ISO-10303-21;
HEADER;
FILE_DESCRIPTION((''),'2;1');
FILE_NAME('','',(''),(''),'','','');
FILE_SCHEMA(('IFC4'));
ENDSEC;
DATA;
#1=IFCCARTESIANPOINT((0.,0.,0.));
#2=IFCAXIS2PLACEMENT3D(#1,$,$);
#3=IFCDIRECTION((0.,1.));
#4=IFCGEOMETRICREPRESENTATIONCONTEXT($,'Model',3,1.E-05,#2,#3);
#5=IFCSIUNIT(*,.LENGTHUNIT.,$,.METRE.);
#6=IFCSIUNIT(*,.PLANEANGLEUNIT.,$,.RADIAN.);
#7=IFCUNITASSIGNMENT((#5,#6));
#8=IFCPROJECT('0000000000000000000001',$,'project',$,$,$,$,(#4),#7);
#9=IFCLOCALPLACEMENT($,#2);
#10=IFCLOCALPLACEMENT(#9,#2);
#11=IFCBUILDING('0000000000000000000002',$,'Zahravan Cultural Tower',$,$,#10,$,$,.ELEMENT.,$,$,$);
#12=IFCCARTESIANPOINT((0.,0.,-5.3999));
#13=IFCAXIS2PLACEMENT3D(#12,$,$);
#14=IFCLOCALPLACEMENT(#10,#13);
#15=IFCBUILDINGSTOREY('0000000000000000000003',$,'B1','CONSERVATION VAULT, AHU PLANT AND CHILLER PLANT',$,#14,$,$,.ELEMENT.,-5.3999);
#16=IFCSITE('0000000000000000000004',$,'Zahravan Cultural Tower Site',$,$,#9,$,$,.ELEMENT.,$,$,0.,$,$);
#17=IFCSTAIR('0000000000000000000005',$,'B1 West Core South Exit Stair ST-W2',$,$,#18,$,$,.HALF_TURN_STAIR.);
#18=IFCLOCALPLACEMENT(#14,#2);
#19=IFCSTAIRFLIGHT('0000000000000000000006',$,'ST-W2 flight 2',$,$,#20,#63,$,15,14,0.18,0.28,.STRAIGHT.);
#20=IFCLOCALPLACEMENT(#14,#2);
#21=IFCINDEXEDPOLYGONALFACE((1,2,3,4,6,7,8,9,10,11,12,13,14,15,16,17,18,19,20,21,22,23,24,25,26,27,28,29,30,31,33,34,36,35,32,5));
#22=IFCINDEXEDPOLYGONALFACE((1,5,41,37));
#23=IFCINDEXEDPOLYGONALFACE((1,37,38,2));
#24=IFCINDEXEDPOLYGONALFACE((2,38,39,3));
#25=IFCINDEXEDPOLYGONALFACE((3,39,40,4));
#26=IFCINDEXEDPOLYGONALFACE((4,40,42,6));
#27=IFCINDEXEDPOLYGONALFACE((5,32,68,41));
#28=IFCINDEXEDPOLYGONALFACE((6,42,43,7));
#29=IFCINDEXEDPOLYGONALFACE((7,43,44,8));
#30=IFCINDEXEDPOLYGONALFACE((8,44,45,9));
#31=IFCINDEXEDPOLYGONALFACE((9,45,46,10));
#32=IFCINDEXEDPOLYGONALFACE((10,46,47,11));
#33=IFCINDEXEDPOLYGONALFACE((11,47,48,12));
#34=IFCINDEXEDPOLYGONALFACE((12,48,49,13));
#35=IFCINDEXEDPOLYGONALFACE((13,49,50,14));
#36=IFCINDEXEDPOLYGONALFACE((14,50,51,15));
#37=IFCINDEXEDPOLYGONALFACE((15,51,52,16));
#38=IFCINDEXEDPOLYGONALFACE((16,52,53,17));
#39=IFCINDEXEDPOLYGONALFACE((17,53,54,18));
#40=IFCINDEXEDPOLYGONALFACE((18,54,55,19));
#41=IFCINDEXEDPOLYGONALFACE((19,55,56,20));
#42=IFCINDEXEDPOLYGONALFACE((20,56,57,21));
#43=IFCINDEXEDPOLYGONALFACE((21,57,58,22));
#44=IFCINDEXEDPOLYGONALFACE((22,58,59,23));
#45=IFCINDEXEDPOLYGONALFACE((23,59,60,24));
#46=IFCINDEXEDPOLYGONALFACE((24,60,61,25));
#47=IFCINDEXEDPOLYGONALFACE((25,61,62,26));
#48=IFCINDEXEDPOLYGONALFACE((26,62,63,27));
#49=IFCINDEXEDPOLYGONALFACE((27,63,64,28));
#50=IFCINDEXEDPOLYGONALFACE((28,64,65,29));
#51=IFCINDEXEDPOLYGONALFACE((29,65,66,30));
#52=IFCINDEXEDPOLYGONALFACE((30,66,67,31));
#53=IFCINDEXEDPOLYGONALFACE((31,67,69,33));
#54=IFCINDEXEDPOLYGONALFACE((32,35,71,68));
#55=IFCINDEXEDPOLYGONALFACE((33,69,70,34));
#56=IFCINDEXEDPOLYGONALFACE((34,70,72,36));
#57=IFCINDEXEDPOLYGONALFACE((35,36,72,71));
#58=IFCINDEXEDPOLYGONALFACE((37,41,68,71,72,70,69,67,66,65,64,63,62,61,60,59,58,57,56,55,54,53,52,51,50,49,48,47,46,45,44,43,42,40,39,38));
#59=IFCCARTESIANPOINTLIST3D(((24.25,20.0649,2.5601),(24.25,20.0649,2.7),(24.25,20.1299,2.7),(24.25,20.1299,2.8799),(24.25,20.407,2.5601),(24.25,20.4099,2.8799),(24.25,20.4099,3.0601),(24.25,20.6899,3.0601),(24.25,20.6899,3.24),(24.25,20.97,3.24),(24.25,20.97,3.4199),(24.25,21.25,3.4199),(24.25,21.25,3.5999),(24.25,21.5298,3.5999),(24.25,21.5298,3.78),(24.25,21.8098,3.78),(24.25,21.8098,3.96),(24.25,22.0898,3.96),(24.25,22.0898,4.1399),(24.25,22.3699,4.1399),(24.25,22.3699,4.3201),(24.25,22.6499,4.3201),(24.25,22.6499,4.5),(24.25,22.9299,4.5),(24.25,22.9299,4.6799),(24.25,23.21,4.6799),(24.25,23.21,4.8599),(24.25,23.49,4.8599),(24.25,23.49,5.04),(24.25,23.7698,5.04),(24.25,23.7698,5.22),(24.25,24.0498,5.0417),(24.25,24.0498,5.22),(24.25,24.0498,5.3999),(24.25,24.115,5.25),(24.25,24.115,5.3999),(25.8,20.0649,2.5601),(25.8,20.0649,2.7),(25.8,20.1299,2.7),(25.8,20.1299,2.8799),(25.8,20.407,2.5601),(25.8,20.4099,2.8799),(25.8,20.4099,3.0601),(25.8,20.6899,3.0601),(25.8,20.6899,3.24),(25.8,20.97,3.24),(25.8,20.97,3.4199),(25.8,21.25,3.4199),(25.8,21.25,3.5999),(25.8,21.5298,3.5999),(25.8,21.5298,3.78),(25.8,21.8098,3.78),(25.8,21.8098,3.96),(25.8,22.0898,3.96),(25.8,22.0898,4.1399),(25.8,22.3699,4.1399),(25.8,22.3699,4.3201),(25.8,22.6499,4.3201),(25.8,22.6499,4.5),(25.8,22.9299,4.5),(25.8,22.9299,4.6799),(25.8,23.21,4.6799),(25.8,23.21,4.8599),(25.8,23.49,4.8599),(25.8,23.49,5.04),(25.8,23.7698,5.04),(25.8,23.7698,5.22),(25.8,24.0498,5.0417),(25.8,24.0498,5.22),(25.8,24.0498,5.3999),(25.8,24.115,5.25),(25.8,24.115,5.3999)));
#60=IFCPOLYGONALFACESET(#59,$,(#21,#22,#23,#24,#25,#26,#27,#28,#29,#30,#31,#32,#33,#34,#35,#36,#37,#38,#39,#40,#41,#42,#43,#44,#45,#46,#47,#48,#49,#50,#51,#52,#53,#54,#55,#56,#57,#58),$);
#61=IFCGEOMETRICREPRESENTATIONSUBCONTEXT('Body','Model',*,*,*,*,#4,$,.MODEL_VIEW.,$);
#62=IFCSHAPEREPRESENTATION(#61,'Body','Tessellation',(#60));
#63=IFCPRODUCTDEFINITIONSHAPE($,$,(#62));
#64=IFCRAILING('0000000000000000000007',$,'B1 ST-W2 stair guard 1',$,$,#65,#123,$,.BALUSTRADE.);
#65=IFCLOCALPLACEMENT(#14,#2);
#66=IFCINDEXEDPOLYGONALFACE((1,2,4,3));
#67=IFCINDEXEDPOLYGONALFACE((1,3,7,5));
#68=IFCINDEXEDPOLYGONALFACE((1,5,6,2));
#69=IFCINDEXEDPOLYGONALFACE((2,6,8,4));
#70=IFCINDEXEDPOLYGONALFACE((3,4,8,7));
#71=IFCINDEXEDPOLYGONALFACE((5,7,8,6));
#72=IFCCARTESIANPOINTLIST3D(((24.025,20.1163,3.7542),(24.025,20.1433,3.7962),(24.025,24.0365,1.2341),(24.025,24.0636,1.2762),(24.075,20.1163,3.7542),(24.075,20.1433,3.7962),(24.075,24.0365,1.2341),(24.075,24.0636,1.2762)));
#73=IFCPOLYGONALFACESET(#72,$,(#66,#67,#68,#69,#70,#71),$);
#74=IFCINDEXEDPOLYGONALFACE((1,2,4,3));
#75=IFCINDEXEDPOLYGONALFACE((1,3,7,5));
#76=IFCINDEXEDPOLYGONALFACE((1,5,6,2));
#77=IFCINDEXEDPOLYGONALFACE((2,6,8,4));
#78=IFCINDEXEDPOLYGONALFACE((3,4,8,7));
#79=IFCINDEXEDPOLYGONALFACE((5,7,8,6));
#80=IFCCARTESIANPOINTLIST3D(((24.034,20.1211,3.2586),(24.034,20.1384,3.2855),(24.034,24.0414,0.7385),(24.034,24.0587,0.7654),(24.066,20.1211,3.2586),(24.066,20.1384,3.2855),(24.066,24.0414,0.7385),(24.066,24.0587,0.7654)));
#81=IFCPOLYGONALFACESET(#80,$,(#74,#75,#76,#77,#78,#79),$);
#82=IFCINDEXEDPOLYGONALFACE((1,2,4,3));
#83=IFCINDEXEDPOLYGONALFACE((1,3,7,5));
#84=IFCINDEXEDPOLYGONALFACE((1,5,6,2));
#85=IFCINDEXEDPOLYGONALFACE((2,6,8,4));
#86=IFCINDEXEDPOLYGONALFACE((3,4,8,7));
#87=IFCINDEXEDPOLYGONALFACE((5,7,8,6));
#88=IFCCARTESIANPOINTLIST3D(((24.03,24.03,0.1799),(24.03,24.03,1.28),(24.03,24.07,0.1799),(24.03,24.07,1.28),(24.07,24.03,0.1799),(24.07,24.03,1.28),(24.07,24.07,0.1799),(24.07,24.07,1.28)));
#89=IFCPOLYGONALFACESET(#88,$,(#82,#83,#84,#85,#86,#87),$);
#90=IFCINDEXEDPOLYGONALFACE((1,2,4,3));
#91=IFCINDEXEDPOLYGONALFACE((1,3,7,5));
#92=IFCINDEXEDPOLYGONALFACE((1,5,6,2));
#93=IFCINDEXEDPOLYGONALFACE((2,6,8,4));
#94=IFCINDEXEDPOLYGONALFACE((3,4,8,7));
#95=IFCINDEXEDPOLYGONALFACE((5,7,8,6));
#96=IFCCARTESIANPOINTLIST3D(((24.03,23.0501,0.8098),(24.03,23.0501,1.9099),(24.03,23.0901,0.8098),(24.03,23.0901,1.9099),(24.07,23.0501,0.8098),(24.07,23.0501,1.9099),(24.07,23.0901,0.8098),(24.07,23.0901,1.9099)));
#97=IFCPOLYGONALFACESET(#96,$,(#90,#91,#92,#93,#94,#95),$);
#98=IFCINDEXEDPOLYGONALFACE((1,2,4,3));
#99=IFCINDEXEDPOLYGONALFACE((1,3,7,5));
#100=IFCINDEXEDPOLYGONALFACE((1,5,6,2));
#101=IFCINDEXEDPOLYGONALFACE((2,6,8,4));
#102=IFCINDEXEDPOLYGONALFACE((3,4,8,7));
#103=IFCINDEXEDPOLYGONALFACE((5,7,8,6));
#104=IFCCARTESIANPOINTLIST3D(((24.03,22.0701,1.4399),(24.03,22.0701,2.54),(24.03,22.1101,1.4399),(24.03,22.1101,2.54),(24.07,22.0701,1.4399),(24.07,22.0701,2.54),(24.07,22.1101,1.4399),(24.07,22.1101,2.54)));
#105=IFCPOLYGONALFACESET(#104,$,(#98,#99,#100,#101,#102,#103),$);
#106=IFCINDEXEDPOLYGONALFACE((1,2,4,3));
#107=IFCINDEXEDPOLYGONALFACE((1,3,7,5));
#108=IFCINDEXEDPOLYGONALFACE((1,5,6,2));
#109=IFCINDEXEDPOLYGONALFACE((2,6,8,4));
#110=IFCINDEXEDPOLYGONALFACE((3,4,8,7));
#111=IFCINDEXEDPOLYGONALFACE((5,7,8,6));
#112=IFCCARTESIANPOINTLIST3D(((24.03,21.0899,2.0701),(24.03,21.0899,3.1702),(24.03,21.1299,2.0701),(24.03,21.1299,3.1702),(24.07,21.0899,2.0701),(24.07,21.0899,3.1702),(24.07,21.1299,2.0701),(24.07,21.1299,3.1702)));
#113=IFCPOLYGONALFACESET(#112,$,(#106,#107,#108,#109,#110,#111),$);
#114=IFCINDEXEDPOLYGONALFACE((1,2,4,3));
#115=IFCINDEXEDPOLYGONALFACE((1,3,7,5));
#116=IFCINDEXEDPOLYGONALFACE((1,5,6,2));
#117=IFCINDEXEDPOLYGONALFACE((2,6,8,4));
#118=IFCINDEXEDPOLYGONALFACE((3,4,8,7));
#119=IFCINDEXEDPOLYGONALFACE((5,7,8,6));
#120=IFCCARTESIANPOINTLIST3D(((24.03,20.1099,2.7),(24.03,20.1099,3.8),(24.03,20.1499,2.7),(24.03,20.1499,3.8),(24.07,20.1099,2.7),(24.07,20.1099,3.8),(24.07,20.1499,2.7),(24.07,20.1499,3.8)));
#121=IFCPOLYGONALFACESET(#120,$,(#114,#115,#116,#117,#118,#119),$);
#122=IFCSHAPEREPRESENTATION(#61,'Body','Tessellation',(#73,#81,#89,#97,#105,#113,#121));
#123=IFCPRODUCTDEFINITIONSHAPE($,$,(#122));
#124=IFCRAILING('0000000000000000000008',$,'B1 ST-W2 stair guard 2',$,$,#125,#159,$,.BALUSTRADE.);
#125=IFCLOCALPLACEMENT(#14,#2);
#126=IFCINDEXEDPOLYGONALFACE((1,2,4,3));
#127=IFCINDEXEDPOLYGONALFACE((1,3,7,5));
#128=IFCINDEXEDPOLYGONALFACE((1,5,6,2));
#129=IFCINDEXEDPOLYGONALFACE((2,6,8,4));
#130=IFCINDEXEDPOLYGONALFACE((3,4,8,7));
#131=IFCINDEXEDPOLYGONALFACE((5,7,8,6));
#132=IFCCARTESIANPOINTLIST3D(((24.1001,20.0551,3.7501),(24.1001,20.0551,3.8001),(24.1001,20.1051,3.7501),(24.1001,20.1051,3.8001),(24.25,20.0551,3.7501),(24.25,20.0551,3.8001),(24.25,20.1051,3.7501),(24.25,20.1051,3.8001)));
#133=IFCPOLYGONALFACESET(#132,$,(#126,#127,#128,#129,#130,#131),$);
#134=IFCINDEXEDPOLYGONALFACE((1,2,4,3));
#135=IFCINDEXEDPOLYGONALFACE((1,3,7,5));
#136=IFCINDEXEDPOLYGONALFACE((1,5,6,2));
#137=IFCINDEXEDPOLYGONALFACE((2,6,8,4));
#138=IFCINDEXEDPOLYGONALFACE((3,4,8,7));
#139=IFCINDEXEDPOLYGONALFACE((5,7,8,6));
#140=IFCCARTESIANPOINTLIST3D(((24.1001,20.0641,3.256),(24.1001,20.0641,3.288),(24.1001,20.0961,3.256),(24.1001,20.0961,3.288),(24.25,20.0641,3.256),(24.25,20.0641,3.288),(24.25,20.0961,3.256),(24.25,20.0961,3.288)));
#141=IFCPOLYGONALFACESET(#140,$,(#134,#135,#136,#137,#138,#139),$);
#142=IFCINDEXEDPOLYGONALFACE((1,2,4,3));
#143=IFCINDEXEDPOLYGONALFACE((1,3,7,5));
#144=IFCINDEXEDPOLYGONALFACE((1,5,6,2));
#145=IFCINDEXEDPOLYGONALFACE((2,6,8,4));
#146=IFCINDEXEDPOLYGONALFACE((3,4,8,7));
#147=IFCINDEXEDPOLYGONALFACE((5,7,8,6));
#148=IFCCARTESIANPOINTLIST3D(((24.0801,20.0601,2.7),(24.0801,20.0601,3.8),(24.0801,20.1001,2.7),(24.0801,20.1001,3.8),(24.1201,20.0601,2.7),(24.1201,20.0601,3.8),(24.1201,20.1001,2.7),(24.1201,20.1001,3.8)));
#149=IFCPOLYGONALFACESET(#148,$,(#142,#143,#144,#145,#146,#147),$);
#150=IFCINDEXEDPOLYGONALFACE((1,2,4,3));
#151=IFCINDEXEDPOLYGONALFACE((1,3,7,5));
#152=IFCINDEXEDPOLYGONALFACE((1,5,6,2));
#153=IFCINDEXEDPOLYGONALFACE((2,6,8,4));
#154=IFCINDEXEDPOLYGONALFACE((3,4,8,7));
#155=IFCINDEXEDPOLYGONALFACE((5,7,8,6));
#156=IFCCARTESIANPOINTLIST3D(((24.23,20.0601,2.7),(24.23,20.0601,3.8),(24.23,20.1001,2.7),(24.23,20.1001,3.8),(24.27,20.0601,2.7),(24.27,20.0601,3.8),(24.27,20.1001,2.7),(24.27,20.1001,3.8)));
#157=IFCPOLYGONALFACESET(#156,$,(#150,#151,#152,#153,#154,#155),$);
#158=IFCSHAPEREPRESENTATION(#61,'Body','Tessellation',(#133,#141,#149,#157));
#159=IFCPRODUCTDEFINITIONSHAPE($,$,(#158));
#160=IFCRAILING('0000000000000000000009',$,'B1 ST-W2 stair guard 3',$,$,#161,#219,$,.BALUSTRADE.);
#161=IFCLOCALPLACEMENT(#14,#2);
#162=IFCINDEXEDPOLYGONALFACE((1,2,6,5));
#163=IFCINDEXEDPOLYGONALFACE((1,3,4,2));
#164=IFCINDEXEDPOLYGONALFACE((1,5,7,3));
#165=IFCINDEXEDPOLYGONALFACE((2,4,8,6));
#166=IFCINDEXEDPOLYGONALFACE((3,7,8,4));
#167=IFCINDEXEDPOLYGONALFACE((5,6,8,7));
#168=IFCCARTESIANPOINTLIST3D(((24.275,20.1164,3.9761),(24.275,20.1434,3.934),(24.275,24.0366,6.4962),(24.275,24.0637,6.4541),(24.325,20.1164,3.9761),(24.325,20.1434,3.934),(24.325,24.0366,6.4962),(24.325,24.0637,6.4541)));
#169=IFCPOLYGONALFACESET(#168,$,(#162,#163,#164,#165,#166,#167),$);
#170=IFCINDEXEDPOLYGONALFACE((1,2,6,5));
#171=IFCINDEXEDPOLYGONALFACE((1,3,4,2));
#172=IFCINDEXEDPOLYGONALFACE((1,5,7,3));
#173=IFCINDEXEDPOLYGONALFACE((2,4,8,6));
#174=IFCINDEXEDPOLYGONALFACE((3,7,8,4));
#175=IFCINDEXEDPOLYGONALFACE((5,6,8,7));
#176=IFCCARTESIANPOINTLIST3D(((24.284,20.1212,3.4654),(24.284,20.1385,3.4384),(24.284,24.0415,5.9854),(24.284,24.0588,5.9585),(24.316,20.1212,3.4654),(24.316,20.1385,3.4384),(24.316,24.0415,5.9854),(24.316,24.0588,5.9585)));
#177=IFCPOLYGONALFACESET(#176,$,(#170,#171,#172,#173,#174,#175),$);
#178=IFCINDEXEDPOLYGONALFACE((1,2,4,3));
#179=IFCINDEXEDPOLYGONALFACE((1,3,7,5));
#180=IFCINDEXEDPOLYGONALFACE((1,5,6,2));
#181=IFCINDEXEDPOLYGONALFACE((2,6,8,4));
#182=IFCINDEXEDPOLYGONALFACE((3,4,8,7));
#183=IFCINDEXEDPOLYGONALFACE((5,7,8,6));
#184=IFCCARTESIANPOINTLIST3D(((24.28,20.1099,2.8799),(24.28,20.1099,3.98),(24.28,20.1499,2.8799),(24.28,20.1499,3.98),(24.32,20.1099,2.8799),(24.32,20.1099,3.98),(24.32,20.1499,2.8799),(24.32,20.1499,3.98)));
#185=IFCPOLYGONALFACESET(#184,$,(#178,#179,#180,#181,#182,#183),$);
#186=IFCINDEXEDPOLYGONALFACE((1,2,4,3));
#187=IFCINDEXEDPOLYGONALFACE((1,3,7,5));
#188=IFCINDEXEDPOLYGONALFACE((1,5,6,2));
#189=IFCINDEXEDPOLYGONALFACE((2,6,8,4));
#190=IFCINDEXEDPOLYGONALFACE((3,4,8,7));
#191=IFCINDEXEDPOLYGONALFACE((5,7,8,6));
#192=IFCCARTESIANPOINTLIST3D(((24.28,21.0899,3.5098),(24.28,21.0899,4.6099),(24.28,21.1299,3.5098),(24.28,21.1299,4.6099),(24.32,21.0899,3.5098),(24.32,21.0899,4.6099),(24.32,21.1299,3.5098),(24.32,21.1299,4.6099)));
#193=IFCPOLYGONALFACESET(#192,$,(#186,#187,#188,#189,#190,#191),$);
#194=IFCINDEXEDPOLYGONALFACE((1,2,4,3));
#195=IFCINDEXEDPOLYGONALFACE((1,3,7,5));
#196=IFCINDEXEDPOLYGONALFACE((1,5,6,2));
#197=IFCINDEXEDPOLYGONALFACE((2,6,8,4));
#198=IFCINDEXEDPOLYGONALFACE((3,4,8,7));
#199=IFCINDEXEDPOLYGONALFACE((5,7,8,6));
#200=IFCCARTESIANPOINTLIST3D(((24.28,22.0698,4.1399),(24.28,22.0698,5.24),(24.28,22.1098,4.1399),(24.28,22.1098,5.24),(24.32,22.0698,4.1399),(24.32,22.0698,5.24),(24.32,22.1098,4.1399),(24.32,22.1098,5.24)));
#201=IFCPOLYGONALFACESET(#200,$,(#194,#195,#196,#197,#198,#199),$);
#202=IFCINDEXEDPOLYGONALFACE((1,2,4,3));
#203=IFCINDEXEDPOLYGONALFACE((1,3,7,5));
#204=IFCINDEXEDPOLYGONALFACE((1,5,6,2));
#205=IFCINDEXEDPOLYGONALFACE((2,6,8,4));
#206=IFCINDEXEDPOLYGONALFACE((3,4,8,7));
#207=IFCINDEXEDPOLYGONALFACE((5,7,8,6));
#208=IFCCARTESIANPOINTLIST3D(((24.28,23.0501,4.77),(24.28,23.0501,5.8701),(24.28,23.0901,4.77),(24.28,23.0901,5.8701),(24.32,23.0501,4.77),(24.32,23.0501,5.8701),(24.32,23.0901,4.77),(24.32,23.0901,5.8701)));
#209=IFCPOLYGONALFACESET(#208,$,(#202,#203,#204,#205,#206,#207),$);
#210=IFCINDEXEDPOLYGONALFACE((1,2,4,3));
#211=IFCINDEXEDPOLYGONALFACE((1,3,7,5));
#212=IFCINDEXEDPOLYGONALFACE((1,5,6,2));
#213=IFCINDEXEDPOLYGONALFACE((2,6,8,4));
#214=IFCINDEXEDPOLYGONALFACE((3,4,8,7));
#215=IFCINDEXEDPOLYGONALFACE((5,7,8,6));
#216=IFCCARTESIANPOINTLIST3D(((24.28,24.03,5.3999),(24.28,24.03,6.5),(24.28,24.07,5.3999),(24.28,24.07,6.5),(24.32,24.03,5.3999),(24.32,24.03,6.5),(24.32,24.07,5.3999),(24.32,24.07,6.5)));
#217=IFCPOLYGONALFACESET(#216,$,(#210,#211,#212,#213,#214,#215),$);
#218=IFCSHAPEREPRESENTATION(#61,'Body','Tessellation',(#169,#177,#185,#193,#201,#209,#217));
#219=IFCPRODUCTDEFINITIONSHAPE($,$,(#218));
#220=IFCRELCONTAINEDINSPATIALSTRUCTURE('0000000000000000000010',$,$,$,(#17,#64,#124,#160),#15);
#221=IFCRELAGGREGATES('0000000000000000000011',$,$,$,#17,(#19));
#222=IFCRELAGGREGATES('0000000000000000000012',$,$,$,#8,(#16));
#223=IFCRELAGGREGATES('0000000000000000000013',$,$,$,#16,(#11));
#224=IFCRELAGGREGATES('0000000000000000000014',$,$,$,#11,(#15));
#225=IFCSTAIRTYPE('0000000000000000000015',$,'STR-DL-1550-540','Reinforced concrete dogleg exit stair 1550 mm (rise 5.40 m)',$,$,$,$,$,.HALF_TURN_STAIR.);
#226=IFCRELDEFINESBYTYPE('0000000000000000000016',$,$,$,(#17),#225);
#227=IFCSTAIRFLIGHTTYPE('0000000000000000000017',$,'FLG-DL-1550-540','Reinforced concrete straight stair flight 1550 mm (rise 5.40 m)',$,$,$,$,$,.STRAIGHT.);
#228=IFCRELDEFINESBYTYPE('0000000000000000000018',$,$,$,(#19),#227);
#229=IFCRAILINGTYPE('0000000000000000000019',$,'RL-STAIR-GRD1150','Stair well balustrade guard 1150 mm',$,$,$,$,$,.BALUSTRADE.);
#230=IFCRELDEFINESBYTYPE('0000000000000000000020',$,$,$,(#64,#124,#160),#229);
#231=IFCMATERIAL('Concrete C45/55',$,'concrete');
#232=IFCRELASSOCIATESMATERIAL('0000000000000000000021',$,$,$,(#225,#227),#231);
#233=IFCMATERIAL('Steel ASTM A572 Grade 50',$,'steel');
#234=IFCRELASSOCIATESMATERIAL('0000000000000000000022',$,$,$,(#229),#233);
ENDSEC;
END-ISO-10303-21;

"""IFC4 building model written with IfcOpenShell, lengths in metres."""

from ifc_helpers import new_model, si_unit, direction, frame, origin, origin_2d, place, context, subcontext, project, spatial, polyline, rectangle, outline, extrude, material, type_object, element, aggregate, save


model = new_model("IFC4")

# Units and contexts
model_context = context("Model", 3, precision=1e-05, world=origin(), true_north=direction((0.0, 1.0)))
body_context = subcontext(model_context, "Body", "Model", "MODEL_VIEW")
ifc_project = project(units=[si_unit("LENGTHUNIT", "METRE"), si_unit("PLANEANGLEUNIT", "RADIAN")], contexts=[model_context])

# Site, building, storey
site_placement = place(None, origin())
site = spatial("IfcSite", under=ifc_project, at=site_placement, Name="Zahravan Cultural Tower Site", CompositionType="ELEMENT", RefElevation=0.0)
building_placement = place(site_placement, origin())
building = spatial("IfcBuilding", under=site, at=building_placement, Name="Zahravan Cultural Tower", CompositionType="ELEMENT")
storey_placement = place(building_placement, frame((0.0, 0.0, -5.3999)))
storey = spatial("IfcBuildingStorey", under=building, at=storey_placement, Name="B1", Description="CONSERVATION VAULT, AHU PLANT AND CHILLER PLANT", CompositionType="ELEMENT", Elevation=-5.3999)

# Shared definitions
ifc_material_1 = material(Name="Concrete C45/55", Category="concrete")

# Shared definitions
ifc_material_2 = material(Name="Steel ASTM A572 Grade 50", Category="steel")

# Stair, stair flight
stair_type = type_object("IfcStairType", Name="STR-DL-1550-540", Description="Reinforced concrete dogleg exit stair 1550 mm (rise 5.40 m)", PredefinedType="HALF_TURN_STAIR", material=ifc_material_1)
stair_placement = place(storey_placement, origin())
stair = element("IfcStair", 1, at=stair_placement, inside=storey, type_object=stair_type, Name="B1 West Core South Exit Stair ST-W2", PredefinedType="HALF_TURN_STAIR")
stair_flight_type = type_object("IfcStairFlightType", Name="FLG-DL-1550-540", Description="Reinforced concrete straight stair flight 1550 mm (rise 5.40 m)", PredefinedType="STRAIGHT", material=ifc_material_1)
stair_flight_1_placement = place(storey_placement, frame((25.0249, 20.1299, 2.7), z_axis=(0.0, 0.0, 1.0), x_axis=(0.0, 1.0, 0.0)))
stair_flight_1 = element("IfcStairFlight", 2, at=stair_flight_1_placement, type_object=stair_flight_type, Name="ST-W2 flight 2", NumberOfRisers=15, NumberOfTreads=14, PredefinedType="STRAIGHT", RiserHeight=0.18, TreadLength=0.28, context=body_context, shape_type="SweptSolid", body=[
    extrude(outline(polyline([(-0.0649, -0.1399), (-0.0649, 0.0), (0.0, 0.0), (0.0, 0.1799), (0.28, 0.1799), (0.28, 0.3601), (0.5601, 0.3601), (0.5601, 0.54), (0.8401, 0.54), (0.8401, 0.72), (1.1201, 0.72), (1.1201, 0.8999), (1.3999, 0.8999), (1.3999, 1.0801), (1.6799, 1.0801), (1.6799, 1.26), (1.96, 1.26), (1.96, 1.4399), (2.24, 1.4399), (2.24, 1.6201), (2.52, 1.6201), (2.52, 1.8), (2.8, 1.8), (2.8, 1.98), (3.0801, 1.98), (3.0801, 2.1599), (3.3601, 2.1599), (3.3601, 2.3401), (3.6399, 2.3401), (3.6399, 2.52), (3.9199, 2.52), (3.9199, 2.7), (3.9851, 2.7), (3.9851, 2.55), (3.9199, 2.3418), (0.2771, -0.1399), (-0.0649, -0.1399)])), frame((0.0, 0.7749, 0.0), z_axis=(0.0, -1.0, 0.0), x_axis=(1.0, 0.0, 0.0)), (0.0, 0.0, 1.0), 1.55),
])
aggregate(stair, [stair_flight_1])

# Railings
railing_type_1 = type_object("IfcRailingType", Name="RL-STAIR-GRD1150", Description="Stair well balustrade guard 1150 mm", PredefinedType="BALUSTRADE", material=ifc_material_2)
railing_1_placement = place(storey_placement, frame((24.05, 24.05, 0.1799)))
element("IfcRailing", 3, at=railing_1_placement, inside=storey, type_object=railing_type_1, Name="B1 ST-W2 stair guard 1", PredefinedType="BALUSTRADE", context=body_context, shape_type="SweptSolid", body=[
    extrude(rectangle(XDim=0.05, YDim=0.05, at=origin_2d()), frame((0.0, 0.0, 1.0752), z_axis=(0.0, -0.841187, 0.540744), x_axis=(1.0, 0.0, 0.0)), (0.0, 0.0, 1.0), 4.6604),
    extrude(rectangle(XDim=0.032, YDim=0.032, at=origin_2d()), frame((0.0, 0.0, 0.572), z_axis=(0.0, -0.841187, 0.540744), x_axis=(1.0, 0.0, 0.0)), (0.0, 0.0, 1.0), 4.6604),
    extrude(rectangle(XDim=0.04, YDim=0.04, at=origin_2d()), origin(), (0.0, 0.0, 1.0), 1.1001),
    extrude(rectangle(XDim=0.04, YDim=0.04, at=origin_2d()), frame((0.0, -0.98, 0.6299)), (0.0, 0.0, 1.0), 1.1001),
    extrude(rectangle(XDim=0.04, YDim=0.04, at=origin_2d()), frame((0.0, -1.96, 1.26)), (0.0, 0.0, 1.0), 1.1001),
    extrude(rectangle(XDim=0.04, YDim=0.04, at=origin_2d()), frame((0.0, -2.9402, 1.8901)), (0.0, 0.0, 1.0), 1.1001),
    extrude(rectangle(XDim=0.04, YDim=0.04, at=origin_2d()), frame((0.0, -3.9202, 2.52)), (0.0, 0.0, 1.0), 1.1001),
])
railing_2_placement = place(storey_placement, frame((24.1001, 20.0801, 2.7)))
element("IfcRailing", 4, at=railing_2_placement, inside=storey, type_object=railing_type_1, Name="B1 ST-W2 stair guard 2", PredefinedType="BALUSTRADE", context=body_context, shape_type="SweptSolid", body=[
    extrude(rectangle(XDim=0.05, YDim=0.05, at=origin_2d()), frame((0.0, 0.0, 1.0752), z_axis=(1.0, 0.0, 0.0), x_axis=(0.0, 1.0, 0.0)), (0.0, 0.0, 1.0), 0.1499),
    extrude(rectangle(XDim=0.032, YDim=0.032, at=origin_2d()), frame((0.0, 0.0, 0.572), z_axis=(1.0, 0.0, 0.0), x_axis=(0.0, 1.0, 0.0)), (0.0, 0.0, 1.0), 0.1499),
    extrude(rectangle(XDim=0.04, YDim=0.04, at=origin_2d()), origin(), (0.0, 0.0, 1.0), 1.1001),
    extrude(rectangle(XDim=0.04, YDim=0.04, at=origin_2d()), frame((0.1499, 0.0, 0.0)), (0.0, 0.0, 1.0), 1.1001),
])
railing_3_placement = place(storey_placement, frame((24.3, 20.1299, 2.8799)))
element("IfcRailing", 5, at=railing_3_placement, inside=storey, type_object=railing_type_1, Name="B1 ST-W2 stair guard 3", PredefinedType="BALUSTRADE", context=body_context, shape_type="SweptSolid", body=[
    extrude(rectangle(XDim=0.05, YDim=0.05, at=origin_2d()), frame((0.0, 0.0, 1.0752), z_axis=(0.0, 0.841187, 0.540744), x_axis=(-1.0, 0.0, 0.0)), (0.0, 0.0, 1.0), 4.6604),
    extrude(rectangle(XDim=0.032, YDim=0.032, at=origin_2d()), frame((0.0, 0.0, 0.572), z_axis=(0.0, 0.841187, 0.540744), x_axis=(-1.0, 0.0, 0.0)), (0.0, 0.0, 1.0), 4.6604),
    extrude(rectangle(XDim=0.04, YDim=0.04, at=origin_2d()), origin(), (0.0, 0.0, 1.0), 1.1001),
    extrude(rectangle(XDim=0.04, YDim=0.04, at=origin_2d()), frame((0.0, 0.98, 0.6299)), (0.0, 0.0, 1.0), 1.1001),
    extrude(rectangle(XDim=0.04, YDim=0.04, at=origin_2d()), frame((0.0, 1.96, 1.26)), (0.0, 0.0, 1.0), 1.1001),
    extrude(rectangle(XDim=0.04, YDim=0.04, at=origin_2d()), frame((0.0, 2.9402, 1.8901)), (0.0, 0.0, 1.0), 1.1001),
    extrude(rectangle(XDim=0.04, YDim=0.04, at=origin_2d()), frame((0.0, 3.9202, 2.52)), (0.0, 0.0, 1.0), 1.1001),
])

save(model, "model.ifc")
